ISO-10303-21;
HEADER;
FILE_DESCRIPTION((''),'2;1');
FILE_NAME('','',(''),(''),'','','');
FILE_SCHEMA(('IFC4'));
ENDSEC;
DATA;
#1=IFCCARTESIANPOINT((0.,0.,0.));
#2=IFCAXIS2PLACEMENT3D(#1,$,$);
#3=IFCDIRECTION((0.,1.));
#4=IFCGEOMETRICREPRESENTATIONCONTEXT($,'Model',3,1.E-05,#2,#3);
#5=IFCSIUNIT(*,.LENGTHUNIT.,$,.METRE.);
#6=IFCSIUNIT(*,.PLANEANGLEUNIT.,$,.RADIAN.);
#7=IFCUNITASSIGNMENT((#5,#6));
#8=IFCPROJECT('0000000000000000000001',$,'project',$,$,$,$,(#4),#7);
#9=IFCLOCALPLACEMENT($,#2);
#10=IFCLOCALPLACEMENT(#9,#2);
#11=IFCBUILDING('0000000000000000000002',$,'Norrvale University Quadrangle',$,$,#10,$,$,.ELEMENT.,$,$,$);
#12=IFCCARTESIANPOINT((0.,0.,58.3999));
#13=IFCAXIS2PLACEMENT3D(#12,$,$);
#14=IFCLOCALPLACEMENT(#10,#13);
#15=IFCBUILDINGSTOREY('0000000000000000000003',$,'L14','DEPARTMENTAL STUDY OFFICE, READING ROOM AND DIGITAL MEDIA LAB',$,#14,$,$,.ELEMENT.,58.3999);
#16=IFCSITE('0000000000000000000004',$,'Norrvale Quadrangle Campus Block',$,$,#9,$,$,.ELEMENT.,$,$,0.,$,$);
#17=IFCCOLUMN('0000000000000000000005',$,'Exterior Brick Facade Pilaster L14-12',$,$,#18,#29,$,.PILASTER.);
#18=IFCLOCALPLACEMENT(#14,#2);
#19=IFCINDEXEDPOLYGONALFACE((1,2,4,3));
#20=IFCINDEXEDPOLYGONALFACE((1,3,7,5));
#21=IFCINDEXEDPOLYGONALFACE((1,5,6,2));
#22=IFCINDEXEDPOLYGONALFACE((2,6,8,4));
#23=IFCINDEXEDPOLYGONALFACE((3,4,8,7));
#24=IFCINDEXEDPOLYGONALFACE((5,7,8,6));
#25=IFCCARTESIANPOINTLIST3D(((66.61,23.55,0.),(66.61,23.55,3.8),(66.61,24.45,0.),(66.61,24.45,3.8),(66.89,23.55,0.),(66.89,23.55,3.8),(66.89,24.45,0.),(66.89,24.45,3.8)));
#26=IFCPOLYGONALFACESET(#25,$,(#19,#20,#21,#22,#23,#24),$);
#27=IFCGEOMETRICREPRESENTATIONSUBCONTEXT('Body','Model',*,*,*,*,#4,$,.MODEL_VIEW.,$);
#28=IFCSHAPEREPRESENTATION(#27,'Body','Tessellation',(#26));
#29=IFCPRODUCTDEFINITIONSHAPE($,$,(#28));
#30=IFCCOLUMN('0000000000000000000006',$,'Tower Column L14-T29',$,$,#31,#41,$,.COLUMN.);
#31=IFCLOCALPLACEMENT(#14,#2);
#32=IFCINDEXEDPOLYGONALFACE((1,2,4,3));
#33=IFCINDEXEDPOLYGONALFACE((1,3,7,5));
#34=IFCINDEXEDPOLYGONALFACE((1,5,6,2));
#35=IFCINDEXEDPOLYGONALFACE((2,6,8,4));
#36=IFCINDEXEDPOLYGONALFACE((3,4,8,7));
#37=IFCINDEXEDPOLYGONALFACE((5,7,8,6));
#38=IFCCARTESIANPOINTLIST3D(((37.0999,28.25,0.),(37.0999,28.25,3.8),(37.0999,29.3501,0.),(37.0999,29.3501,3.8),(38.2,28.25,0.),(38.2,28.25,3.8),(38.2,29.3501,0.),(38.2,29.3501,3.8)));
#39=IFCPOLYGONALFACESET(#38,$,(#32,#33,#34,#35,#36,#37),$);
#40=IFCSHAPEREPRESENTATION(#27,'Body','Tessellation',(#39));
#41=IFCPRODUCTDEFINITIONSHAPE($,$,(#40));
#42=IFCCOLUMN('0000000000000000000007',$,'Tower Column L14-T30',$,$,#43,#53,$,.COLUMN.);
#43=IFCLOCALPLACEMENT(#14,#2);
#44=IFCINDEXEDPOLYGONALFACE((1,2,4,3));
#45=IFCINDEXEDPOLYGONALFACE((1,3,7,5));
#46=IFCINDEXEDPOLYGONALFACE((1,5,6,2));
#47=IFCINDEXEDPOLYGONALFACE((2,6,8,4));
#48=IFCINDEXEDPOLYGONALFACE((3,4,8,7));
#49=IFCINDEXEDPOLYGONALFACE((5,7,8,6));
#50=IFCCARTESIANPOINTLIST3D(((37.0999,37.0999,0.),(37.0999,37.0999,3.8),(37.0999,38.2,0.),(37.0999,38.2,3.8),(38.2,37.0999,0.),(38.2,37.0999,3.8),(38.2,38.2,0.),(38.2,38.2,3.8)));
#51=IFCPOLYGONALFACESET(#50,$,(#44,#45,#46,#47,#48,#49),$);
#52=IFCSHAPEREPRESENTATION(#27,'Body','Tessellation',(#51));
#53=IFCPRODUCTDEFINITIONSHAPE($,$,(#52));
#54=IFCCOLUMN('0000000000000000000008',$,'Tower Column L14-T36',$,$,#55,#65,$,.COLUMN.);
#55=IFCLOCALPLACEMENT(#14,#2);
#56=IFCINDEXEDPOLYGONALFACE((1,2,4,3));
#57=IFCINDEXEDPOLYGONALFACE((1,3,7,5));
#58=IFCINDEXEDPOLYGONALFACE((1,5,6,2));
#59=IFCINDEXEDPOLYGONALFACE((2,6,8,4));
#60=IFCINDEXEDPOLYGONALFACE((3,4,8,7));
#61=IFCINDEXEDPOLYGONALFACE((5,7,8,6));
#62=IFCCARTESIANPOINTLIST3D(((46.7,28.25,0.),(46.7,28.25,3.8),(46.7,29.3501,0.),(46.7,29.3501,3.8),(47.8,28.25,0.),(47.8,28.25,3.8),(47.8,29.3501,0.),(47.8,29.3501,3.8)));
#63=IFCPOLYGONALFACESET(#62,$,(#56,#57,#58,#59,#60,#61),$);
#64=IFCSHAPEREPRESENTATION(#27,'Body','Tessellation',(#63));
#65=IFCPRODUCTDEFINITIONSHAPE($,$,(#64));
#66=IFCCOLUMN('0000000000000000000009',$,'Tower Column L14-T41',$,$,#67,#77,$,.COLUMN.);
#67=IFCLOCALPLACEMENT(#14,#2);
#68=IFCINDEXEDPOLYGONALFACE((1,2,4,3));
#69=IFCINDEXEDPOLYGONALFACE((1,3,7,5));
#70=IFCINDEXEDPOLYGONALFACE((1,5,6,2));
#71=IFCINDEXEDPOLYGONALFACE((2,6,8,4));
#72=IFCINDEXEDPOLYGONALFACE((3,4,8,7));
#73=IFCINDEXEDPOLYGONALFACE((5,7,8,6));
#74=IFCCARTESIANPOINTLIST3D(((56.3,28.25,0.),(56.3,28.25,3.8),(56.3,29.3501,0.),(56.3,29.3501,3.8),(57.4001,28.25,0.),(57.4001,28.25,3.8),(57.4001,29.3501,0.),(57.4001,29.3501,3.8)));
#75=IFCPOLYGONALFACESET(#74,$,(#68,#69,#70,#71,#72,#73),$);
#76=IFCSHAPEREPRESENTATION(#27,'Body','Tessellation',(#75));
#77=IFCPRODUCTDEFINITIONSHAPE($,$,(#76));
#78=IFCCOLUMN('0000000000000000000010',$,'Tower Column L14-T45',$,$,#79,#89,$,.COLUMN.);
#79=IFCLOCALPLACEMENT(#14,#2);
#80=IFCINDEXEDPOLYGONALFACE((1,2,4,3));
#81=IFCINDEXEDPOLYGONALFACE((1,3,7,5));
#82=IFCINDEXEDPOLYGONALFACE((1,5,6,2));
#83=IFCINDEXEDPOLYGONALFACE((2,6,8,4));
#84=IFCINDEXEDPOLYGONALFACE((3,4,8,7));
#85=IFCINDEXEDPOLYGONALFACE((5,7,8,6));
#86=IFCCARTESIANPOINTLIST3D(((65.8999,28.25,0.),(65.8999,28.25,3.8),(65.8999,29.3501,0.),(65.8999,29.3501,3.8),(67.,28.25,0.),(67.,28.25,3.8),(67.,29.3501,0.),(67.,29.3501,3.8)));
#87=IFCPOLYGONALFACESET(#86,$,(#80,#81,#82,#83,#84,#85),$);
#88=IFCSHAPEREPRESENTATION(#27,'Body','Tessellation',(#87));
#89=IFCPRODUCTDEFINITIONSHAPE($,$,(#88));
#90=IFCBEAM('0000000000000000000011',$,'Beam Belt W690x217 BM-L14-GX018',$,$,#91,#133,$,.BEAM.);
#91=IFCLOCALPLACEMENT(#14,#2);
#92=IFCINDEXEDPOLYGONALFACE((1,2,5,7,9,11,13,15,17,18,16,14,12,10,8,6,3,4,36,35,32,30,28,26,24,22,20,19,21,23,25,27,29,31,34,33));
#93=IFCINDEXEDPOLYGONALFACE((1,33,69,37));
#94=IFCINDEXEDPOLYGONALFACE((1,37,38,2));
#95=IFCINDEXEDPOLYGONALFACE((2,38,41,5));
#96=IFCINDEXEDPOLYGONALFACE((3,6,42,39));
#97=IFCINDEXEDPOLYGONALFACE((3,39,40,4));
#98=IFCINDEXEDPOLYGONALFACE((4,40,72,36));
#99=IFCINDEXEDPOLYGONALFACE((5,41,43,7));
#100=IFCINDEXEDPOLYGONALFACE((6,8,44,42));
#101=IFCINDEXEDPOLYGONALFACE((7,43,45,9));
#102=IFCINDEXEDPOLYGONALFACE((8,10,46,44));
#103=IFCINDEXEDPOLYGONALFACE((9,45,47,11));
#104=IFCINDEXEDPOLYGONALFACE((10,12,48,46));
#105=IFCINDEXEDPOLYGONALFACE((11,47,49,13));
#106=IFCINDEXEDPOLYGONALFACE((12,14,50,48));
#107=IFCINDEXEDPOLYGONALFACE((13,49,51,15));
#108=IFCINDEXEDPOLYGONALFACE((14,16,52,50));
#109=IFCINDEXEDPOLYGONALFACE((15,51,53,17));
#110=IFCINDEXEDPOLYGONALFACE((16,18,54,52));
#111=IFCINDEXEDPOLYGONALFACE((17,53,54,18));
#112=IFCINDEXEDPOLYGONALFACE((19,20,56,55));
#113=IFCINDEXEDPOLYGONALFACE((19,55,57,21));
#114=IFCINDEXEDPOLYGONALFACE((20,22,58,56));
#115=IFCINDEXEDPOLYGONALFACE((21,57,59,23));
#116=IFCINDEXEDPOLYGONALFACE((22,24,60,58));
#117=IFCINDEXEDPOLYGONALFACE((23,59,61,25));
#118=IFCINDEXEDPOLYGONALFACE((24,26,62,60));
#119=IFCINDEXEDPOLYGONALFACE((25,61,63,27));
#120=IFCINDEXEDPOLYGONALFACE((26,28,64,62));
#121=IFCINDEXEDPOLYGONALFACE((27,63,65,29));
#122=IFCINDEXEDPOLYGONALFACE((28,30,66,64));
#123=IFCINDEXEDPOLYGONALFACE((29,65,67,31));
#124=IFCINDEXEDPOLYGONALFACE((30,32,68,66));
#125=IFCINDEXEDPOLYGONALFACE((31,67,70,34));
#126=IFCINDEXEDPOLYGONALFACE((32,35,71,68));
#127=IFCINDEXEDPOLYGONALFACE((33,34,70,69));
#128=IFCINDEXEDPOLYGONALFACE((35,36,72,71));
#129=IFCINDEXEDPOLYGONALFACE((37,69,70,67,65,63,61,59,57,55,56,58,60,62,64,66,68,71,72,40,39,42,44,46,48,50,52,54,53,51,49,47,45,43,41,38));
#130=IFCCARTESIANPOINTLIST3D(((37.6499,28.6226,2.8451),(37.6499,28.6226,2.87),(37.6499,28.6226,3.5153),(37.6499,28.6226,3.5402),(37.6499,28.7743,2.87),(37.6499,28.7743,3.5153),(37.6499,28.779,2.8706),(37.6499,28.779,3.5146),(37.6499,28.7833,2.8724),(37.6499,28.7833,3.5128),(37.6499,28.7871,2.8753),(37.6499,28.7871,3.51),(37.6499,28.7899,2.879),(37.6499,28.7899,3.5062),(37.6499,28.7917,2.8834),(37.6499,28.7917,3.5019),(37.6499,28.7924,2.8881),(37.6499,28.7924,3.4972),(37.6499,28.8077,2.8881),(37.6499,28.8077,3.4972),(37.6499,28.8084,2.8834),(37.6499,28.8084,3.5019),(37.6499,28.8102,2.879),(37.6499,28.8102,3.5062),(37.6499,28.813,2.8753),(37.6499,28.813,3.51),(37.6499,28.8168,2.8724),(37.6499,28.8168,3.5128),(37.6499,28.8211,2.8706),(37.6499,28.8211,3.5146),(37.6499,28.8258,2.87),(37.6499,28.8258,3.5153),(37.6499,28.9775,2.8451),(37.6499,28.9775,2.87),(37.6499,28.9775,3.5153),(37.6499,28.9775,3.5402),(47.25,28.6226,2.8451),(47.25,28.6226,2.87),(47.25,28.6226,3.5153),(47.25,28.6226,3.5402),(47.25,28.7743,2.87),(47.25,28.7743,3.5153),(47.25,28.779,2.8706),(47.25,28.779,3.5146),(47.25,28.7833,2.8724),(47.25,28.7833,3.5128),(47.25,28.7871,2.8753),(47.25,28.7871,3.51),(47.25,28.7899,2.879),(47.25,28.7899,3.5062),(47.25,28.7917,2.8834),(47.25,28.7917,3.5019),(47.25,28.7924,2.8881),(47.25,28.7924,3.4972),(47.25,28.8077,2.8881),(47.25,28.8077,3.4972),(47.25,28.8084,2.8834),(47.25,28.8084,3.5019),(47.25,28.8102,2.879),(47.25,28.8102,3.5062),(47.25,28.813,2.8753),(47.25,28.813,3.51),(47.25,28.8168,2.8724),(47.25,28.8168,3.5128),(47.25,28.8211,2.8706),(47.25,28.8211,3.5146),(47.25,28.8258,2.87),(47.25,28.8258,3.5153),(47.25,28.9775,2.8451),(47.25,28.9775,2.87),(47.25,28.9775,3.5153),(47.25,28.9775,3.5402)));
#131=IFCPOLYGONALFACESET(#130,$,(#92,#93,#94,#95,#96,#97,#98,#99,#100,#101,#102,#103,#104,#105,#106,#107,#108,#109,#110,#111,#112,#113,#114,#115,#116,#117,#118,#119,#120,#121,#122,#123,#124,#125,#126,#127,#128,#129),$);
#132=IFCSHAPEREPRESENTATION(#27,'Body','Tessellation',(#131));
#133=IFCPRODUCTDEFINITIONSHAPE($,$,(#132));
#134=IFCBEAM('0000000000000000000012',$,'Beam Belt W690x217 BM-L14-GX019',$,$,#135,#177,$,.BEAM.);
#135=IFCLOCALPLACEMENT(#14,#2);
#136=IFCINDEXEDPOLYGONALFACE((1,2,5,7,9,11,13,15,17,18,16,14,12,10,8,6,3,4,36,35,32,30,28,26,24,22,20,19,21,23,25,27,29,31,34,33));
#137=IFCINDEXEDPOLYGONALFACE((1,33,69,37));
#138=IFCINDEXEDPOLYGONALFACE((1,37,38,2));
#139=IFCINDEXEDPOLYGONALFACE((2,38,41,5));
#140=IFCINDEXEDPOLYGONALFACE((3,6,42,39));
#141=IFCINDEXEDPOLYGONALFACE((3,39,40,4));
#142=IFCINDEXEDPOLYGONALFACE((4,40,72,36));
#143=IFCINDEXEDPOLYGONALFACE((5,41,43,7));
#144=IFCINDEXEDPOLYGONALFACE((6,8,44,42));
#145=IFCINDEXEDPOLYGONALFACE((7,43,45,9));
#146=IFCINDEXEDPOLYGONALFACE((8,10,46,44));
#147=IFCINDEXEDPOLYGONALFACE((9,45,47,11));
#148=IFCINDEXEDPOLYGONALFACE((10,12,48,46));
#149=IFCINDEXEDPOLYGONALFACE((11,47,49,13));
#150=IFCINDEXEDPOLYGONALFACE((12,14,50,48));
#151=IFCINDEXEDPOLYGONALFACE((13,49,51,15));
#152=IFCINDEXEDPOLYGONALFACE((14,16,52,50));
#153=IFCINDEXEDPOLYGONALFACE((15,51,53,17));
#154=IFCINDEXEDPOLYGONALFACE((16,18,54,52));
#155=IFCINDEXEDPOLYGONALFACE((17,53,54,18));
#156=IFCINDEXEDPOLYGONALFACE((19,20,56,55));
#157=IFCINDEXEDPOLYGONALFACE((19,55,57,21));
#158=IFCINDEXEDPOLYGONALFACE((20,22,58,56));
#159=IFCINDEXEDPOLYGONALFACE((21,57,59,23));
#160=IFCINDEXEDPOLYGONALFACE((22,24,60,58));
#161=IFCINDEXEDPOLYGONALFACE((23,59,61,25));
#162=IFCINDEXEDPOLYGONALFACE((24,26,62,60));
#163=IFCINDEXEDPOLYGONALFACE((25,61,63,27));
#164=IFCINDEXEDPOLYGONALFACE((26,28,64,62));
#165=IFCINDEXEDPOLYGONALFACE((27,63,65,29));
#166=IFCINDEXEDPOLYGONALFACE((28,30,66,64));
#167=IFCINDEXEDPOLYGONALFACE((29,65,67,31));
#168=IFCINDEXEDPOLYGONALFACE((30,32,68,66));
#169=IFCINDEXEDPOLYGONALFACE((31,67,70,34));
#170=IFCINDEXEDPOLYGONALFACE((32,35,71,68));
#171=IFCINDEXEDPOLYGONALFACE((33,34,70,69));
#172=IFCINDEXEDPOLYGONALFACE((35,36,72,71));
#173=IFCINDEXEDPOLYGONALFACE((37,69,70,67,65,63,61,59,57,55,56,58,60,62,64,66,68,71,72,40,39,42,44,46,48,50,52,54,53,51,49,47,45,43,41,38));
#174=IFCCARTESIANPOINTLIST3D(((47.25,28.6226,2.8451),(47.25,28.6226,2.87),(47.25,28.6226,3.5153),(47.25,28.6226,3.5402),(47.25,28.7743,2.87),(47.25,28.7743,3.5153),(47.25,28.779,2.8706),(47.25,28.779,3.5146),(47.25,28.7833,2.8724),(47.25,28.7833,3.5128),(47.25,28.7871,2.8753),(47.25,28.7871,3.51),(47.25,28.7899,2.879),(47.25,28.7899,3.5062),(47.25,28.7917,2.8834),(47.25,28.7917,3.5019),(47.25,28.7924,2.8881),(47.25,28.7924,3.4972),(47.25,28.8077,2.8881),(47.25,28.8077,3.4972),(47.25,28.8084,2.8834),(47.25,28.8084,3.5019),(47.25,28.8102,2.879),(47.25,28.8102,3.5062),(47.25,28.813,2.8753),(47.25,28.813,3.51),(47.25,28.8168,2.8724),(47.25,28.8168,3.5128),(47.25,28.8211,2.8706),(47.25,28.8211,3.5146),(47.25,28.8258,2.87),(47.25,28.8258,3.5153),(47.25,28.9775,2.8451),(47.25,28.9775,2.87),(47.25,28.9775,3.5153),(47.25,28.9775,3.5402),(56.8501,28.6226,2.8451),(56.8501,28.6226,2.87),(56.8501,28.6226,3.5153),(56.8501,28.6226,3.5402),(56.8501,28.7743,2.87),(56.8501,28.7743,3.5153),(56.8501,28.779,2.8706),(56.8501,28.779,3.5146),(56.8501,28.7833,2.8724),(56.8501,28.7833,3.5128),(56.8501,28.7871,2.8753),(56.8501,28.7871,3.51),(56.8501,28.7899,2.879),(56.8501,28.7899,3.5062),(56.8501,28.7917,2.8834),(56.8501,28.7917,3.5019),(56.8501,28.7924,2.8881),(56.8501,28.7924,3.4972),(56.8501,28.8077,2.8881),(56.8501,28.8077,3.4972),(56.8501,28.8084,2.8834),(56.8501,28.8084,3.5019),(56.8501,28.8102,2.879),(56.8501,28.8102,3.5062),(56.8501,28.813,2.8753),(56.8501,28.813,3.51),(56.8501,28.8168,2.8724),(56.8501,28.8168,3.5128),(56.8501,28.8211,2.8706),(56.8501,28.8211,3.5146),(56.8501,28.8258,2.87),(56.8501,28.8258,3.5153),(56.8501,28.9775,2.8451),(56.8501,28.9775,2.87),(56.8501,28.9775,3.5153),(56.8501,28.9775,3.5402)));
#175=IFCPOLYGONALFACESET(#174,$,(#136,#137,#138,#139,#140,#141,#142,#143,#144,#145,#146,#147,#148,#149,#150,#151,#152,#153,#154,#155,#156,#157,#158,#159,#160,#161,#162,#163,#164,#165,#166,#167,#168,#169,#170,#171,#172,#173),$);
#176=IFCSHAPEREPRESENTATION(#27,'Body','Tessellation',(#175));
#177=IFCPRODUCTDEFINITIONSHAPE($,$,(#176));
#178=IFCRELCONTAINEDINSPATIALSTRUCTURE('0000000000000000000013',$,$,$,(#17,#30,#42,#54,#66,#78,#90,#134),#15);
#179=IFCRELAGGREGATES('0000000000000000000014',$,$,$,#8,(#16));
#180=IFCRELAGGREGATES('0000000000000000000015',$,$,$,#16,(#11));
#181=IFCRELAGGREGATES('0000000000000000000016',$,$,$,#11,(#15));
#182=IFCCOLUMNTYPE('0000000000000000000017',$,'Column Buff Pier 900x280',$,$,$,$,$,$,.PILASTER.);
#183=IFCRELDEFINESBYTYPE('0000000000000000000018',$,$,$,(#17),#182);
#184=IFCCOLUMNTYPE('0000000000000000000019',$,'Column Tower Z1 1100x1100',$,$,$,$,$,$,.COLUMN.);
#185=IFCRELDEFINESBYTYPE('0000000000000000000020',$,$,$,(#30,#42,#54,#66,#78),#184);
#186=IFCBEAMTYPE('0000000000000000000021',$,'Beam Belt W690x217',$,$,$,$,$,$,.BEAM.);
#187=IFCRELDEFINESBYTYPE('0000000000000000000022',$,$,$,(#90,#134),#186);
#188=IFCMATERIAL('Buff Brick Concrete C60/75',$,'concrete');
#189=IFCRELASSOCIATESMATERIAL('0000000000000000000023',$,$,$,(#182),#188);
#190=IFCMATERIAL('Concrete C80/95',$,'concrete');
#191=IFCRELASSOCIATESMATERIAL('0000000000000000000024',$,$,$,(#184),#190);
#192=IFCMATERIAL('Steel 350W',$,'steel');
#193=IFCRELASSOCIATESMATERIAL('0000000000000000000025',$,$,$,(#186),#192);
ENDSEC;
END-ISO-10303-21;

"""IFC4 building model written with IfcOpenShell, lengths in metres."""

from ifc_helpers import new_model, si_unit, direction, frame, origin, origin_2d, place, context, subcontext, project, spatial, rectangle, i_section, extrude, material, material_profile, profile_set, type_object, element, save


model = new_model("IFC4")

# Units and contexts
model_context = context("Model", 3, precision=1e-05, world=origin(), true_north=direction((0.0, 1.0)))
body_context = subcontext(model_context, "Body", "Model", "MODEL_VIEW")
ifc_project = project(units=[si_unit("LENGTHUNIT", "METRE"), si_unit("PLANEANGLEUNIT", "RADIAN")], contexts=[model_context])

# Site, building, storey
site_placement = place(None, origin())
site = spatial("IfcSite", under=ifc_project, at=site_placement, Name="Norrvale Quadrangle Campus Block", CompositionType="ELEMENT", RefElevation=0.0)
building_placement = place(site_placement, origin())
building = spatial("IfcBuilding", under=site, at=building_placement, Name="Norrvale University Quadrangle", CompositionType="ELEMENT")
storey_placement = place(building_placement, frame((0.0, 0.0, 58.3999)))
storey = spatial("IfcBuildingStorey", under=building, at=storey_placement, Name="L14", Description="DEPARTMENTAL STUDY OFFICE, READING ROOM AND DIGITAL MEDIA LAB", CompositionType="ELEMENT", Elevation=58.3999)

# Columns
ifc_material_1 = material(Name="Buff Brick Concrete C60/75", Category="concrete")
ifc_material_profile_1 = material_profile(ifc_material_1, rectangle(XDim=0.8999, YDim=0.28, at=origin_2d()), Name="Buff Brick Concrete C60/75")
ifc_profile_set_1 = profile_set([ifc_material_profile_1], Name="Buff Brick Concrete C60/75")
column_type_1 = type_object("IfcColumnType", Name="Column Buff Pier 900x280", PredefinedType="PILASTER", material=ifc_profile_set_1)
column_placement = place(storey_placement, frame((66.75, 24.0, 0.0), z_axis=(0.0, 0.0, 1.0), x_axis=(0.0, 1.0, 0.0)))
element("IfcColumn", 1, at=column_placement, inside=storey, type_object=column_type_1, Name="Exterior Brick Facade Pilaster L14-12", PredefinedType="PILASTER", context=body_context, shape_type="SweptSolid", body=[
    extrude(rectangle(XDim=0.8999, YDim=0.28, at=origin_2d()), origin(), (0.0, 0.0, 1.0), 3.8),
])
ifc_material_2 = material(Name="Concrete C80/95", Category="concrete")
ifc_material_profile_2 = material_profile(ifc_material_2, rectangle(XDim=1.1001, YDim=1.1001, at=origin_2d()), Name="Concrete C80/95")
ifc_profile_set_2 = profile_set([ifc_material_profile_2], Name="Concrete C80/95")
column_type_2 = type_object("IfcColumnType", Name="Column Tower Z1 1100x1100", PredefinedType="COLUMN", material=ifc_profile_set_2)
for number, where, z_axis, x_axis, name in (
    (2, (37.6499, 28.8, 0.0), (0.0, 0.0, 1.0), (1.0, 0.0, 0.0), "Tower Column L14-T29"),
    (3, (37.6499, 37.6499, 0.0), (0.0, 0.0, 1.0), (1.0, 0.0, 0.0), "Tower Column L14-T30"),
    (4, (47.25, 28.8, 0.0), (0.0, 0.0, 1.0), (1.0, 0.0, 0.0), "Tower Column L14-T36"),
    (5, (56.8501, 28.8, 0.0), (0.0, 0.0, 1.0), (1.0, 0.0, 0.0), "Tower Column L14-T41"),
    (6, (66.45, 28.8, 0.0), (0.0, 0.0, 1.0), (1.0, 0.0, 0.0), "Tower Column L14-T45"),
):
    element("IfcColumn", number, at=place(storey_placement, frame(where, z_axis=z_axis, x_axis=x_axis)), inside=storey, type_object=column_type_2, Name=name, PredefinedType="COLUMN", context=body_context, shape_type="SweptSolid", body=[
        extrude(rectangle(XDim=1.1001, YDim=1.1001, at=origin_2d()), origin(), (0.0, 0.0, 1.0), 3.8),
    ])

# Beams
ifc_material_3 = material(Name="Steel 350W", Category="steel")
ifc_material_profile_3 = material_profile(ifc_material_3, i_section(OverallWidth=0.355, OverallDepth=0.6951, WebThickness=0.0154, FlangeThickness=0.0249, FilletRadius=0.0181, at=origin_2d()), Name="Steel 350W")
ifc_profile_set_3 = profile_set([ifc_material_profile_3], Name="Steel 350W")
beam_type_1 = type_object("IfcBeamType", Name="Beam Belt W690x217", PredefinedType="BEAM", material=ifc_profile_set_3)
for number, where, z_axis, x_axis, name in (
    (7, (37.6499, 28.8, 3.1926), (1.0, 0.0, 0.0), (0.0, 1.0, 0.0), "Beam Belt W690x217 BM-L14-GX018"),
    (8, (47.25, 28.8, 3.1926), (1.0, 0.0, 0.0), (0.0, 1.0, 0.0), "Beam Belt W690x217 BM-L14-GX019"),
):
    element("IfcBeam", number, at=place(storey_placement, frame(where, z_axis=z_axis, x_axis=x_axis)), inside=storey, type_object=beam_type_1, Name=name, PredefinedType="BEAM", context=body_context, shape_type="SweptSolid", body=[
        extrude(i_section(OverallWidth=0.355, OverallDepth=0.6951, WebThickness=0.0154, FlangeThickness=0.0249, FilletRadius=0.0181, at=origin_2d()), origin(), (0.0, 0.0, 1.0), 9.6001),
    ])

save(model, "model.ifc")
